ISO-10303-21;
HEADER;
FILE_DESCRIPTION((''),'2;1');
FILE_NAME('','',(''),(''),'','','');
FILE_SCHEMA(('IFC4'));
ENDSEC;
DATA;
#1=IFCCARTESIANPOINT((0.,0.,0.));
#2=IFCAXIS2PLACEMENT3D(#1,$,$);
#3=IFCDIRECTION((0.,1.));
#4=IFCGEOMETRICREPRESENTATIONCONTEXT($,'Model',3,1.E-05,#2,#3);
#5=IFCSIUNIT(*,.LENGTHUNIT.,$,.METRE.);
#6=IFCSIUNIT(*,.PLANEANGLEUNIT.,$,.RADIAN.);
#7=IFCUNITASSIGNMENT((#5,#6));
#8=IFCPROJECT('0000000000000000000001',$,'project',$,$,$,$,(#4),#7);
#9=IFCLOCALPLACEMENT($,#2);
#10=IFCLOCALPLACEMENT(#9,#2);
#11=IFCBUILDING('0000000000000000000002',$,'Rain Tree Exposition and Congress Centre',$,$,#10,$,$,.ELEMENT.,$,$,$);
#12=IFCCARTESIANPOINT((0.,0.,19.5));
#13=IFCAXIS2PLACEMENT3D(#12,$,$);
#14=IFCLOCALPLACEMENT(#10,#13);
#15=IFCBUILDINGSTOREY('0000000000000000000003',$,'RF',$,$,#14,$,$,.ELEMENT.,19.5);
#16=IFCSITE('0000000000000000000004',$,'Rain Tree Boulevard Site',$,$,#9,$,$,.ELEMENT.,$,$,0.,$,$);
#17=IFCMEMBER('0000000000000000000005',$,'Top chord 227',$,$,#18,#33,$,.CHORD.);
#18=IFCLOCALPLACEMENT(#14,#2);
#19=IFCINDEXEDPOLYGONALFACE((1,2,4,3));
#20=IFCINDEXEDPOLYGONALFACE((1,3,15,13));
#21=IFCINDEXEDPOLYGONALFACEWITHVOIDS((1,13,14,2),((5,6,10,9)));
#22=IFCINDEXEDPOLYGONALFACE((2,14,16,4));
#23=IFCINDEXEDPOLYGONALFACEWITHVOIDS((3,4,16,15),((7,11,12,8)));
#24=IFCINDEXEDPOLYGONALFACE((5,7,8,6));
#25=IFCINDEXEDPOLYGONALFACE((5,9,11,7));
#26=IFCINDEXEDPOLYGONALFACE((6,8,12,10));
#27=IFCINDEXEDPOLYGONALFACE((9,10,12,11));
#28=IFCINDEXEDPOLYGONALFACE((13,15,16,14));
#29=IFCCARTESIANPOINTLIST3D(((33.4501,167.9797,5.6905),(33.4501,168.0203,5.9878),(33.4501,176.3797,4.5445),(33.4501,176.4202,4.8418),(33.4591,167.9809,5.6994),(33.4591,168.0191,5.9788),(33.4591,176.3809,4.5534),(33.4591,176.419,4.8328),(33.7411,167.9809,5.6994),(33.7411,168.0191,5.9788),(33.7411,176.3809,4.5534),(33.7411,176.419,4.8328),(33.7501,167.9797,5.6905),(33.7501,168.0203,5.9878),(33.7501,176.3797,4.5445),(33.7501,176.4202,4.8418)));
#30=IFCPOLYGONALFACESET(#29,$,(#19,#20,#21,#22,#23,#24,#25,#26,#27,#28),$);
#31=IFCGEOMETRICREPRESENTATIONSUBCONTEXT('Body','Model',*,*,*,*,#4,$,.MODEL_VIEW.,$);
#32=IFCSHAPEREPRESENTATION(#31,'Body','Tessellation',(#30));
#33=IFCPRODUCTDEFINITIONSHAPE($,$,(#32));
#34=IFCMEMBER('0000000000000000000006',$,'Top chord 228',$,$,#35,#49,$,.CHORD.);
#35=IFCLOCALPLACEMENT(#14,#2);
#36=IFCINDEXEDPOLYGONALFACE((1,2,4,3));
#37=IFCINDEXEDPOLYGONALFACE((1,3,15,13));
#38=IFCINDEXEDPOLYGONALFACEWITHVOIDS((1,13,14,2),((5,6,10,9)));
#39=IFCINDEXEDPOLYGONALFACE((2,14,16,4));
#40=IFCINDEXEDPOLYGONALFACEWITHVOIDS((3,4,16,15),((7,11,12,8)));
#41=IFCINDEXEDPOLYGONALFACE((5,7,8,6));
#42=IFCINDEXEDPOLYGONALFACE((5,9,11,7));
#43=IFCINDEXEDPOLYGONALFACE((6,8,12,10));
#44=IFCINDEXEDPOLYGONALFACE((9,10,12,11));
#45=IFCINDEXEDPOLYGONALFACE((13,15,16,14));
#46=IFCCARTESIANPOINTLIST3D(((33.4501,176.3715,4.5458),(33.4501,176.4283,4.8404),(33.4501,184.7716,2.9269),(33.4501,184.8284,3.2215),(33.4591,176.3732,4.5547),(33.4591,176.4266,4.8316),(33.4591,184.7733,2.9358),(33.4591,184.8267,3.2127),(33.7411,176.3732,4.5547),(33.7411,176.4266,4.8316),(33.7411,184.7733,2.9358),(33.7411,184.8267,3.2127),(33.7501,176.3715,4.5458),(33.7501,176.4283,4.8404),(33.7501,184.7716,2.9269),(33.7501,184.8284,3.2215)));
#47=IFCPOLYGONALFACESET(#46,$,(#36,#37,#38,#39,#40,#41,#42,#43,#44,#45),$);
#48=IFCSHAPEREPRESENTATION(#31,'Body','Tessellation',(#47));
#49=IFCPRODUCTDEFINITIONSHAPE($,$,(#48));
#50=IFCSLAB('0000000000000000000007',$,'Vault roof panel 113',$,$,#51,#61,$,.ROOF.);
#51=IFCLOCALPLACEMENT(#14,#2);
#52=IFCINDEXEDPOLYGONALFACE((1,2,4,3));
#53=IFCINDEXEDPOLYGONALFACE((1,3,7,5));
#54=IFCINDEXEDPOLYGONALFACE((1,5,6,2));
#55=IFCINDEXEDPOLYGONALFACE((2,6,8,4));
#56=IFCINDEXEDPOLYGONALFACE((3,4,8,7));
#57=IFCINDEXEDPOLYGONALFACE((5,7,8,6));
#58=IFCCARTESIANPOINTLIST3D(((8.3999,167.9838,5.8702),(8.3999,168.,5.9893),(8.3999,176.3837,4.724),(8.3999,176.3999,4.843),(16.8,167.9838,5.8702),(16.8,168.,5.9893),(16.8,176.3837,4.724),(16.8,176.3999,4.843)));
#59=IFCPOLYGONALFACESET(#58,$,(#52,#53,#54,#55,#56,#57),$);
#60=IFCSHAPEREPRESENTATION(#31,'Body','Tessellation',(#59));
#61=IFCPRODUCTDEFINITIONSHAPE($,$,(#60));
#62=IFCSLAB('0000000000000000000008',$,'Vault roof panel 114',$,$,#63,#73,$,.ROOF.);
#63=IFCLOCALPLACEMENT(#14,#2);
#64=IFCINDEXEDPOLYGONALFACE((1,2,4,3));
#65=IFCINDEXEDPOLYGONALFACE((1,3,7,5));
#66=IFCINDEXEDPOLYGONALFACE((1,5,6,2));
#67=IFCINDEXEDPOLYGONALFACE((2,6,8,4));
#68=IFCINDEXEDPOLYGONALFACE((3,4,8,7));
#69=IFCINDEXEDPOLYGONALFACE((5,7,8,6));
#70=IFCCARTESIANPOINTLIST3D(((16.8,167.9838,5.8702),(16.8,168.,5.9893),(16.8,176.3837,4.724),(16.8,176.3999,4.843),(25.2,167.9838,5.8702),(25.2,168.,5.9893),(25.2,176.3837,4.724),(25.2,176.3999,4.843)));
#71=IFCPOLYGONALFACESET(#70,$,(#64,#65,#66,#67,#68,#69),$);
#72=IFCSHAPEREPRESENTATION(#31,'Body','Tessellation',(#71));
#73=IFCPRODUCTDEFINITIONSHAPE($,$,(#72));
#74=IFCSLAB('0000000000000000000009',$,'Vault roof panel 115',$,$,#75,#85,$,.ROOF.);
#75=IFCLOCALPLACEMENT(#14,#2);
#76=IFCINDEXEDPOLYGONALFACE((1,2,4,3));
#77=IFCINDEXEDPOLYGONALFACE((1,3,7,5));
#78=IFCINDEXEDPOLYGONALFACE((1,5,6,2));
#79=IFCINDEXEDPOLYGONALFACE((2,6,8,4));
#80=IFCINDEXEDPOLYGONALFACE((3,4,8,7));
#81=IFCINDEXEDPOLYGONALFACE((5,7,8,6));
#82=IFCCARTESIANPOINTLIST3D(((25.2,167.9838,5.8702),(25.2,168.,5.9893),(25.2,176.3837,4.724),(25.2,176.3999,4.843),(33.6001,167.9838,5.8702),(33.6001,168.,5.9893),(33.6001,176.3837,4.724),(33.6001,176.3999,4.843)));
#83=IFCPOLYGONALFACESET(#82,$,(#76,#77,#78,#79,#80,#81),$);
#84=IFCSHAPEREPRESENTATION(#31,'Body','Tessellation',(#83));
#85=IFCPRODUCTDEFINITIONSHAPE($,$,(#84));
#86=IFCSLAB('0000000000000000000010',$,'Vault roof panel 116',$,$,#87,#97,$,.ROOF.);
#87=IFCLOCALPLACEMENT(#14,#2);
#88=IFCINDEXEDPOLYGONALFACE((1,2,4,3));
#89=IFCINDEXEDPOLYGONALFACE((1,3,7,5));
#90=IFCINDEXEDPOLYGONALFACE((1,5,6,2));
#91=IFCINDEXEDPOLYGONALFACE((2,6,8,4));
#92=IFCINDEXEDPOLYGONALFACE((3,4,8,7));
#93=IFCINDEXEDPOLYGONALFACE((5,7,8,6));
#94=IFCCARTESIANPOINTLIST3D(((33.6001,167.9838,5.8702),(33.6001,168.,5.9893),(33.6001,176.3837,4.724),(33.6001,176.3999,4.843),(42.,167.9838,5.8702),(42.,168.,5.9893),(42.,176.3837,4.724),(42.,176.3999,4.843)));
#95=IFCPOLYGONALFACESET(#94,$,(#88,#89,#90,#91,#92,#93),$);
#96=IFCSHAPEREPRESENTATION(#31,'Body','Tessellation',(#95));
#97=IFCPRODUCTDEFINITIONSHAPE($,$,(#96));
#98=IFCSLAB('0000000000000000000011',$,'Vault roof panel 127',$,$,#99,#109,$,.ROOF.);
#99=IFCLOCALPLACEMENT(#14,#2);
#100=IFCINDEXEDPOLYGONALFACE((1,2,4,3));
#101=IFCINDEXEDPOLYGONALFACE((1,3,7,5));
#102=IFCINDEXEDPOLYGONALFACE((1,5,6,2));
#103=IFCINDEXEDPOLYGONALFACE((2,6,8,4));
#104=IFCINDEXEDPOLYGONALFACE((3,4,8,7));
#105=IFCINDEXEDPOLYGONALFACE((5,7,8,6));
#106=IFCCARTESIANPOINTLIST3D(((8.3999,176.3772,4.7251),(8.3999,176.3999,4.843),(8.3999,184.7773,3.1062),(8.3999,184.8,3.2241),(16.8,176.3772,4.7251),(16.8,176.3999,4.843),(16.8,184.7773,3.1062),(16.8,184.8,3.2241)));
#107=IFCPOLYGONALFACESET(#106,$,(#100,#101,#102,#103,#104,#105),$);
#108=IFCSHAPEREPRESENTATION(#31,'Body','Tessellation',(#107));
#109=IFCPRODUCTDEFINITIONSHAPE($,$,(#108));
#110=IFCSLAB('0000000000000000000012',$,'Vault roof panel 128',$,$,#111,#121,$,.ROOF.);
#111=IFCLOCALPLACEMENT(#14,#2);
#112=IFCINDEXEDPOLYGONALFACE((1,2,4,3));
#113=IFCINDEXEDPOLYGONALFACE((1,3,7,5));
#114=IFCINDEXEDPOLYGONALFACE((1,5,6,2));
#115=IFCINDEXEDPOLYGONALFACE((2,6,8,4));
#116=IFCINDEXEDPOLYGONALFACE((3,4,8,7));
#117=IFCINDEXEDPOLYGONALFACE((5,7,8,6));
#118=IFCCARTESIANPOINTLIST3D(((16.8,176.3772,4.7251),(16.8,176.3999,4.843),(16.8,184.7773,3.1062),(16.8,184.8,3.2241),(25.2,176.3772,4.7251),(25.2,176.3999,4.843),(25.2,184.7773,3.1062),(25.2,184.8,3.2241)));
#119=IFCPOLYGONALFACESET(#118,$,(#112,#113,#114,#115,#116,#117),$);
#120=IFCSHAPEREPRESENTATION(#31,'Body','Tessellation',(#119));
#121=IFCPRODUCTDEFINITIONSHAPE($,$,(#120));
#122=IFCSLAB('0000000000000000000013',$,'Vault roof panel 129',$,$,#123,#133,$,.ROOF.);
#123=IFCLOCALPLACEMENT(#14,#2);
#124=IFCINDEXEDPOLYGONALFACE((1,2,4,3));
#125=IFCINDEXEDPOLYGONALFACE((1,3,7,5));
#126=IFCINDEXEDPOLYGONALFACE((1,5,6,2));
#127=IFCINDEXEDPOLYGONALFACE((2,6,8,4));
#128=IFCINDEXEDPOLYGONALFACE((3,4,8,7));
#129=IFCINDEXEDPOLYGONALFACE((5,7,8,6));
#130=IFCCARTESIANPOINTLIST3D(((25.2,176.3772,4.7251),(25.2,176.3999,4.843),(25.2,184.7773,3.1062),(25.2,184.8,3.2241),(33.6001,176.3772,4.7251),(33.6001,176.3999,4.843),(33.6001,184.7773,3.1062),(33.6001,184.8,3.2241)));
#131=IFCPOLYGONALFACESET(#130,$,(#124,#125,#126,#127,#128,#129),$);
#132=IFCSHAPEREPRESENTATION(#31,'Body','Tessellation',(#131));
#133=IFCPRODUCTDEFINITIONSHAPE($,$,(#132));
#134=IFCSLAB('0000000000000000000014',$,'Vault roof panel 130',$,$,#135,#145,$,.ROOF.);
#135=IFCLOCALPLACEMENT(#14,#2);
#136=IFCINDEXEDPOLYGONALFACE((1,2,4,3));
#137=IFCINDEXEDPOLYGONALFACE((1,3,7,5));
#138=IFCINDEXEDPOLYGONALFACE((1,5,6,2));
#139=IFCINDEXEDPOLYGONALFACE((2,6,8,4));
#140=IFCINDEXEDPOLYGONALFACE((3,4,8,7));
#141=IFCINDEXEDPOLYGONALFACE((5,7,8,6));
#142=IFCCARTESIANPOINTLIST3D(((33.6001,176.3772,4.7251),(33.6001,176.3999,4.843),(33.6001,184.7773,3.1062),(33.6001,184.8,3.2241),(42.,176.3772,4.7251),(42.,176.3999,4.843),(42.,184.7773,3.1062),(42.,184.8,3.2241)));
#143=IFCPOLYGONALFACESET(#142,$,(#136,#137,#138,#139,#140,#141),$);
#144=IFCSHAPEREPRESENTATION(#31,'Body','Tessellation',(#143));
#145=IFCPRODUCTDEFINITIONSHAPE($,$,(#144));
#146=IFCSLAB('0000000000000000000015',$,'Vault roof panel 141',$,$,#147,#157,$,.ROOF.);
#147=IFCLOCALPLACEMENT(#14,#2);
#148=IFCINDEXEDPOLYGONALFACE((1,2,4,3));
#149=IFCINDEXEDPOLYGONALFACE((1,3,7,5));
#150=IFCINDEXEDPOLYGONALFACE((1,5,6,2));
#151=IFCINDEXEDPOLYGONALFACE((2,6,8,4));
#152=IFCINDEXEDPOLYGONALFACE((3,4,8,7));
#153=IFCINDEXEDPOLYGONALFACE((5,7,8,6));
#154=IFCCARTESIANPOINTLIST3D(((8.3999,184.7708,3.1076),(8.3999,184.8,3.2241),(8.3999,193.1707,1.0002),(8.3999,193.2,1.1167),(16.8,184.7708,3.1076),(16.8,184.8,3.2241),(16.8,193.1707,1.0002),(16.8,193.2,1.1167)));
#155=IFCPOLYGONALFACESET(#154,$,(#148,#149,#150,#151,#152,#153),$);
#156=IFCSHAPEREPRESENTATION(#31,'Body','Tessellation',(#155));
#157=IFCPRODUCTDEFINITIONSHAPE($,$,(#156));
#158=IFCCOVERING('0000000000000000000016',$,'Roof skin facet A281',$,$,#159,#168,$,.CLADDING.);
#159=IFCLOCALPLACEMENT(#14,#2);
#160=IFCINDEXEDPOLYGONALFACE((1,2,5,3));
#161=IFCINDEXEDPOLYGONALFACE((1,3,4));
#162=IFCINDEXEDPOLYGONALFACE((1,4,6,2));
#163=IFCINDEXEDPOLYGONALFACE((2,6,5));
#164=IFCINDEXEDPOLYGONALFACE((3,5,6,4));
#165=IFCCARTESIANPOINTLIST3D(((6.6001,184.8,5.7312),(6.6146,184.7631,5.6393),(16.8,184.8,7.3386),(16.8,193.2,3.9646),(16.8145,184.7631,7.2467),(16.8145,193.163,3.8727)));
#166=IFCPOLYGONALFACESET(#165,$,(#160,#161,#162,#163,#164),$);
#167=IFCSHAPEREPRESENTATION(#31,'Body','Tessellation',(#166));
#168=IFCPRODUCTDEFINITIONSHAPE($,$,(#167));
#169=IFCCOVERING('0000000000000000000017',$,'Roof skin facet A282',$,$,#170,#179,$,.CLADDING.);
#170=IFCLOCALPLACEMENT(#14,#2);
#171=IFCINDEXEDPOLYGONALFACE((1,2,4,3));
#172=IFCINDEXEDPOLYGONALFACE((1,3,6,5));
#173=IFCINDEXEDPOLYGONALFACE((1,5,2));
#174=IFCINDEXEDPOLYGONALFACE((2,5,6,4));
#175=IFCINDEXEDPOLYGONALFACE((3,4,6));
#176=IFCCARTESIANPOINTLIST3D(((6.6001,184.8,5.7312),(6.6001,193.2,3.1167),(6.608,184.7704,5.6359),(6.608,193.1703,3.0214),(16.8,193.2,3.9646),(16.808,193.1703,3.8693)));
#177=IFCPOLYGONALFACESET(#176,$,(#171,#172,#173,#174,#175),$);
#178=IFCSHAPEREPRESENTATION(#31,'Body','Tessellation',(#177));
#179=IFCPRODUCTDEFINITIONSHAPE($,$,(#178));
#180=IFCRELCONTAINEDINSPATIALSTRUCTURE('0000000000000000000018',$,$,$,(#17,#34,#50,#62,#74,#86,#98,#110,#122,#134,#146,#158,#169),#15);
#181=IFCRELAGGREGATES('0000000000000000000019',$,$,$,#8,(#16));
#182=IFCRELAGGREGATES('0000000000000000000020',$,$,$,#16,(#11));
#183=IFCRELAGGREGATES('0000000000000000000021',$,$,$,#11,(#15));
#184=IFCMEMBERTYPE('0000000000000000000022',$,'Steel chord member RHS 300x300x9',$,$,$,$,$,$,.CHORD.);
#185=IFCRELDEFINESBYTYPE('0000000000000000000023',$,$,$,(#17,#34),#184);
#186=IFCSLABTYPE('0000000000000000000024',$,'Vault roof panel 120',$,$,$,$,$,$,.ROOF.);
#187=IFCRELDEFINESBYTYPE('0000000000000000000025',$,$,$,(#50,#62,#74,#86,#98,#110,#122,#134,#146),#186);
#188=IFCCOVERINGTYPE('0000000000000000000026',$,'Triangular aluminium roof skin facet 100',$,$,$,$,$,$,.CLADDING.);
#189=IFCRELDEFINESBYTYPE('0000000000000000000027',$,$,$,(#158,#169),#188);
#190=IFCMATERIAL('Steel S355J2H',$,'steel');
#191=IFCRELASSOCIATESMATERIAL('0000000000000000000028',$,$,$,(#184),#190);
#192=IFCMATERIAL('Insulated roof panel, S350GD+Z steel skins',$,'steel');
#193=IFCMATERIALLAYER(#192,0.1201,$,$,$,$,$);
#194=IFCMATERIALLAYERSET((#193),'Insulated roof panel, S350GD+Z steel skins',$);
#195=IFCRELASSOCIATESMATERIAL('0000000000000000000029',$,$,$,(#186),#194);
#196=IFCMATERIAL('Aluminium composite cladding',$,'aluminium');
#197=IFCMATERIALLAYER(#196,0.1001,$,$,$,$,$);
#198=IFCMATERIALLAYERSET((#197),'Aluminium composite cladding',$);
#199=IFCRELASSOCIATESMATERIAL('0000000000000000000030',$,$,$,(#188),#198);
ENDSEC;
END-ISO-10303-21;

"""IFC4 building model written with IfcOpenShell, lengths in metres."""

from ifc_helpers import new_model, si_unit, direction, frame, origin, origin_2d, place, context, subcontext, project, spatial, polyline, hollow_rectangle, outline, extrude, material, layer, layer_set, material_profile, profile_set, type_object, element, save


model = new_model("IFC4")

# Units and contexts
model_context = context("Model", 3, precision=1e-05, world=origin(), true_north=direction((0.0, 1.0)))
body_context = subcontext(model_context, "Body", "Model", "MODEL_VIEW")
ifc_project = project(units=[si_unit("LENGTHUNIT", "METRE"), si_unit("PLANEANGLEUNIT", "RADIAN")], contexts=[model_context])

# Site, building, storey
site_placement = place(None, origin())
site = spatial("IfcSite", under=ifc_project, at=site_placement, Name="Rain Tree Boulevard Site", CompositionType="ELEMENT", RefElevation=0.0)
building_placement = place(site_placement, origin())
building = spatial("IfcBuilding", under=site, at=building_placement, Name="Rain Tree Exposition and Congress Centre", CompositionType="ELEMENT")
storey_placement = place(building_placement, frame((0.0, 0.0, 19.5)))
storey = spatial("IfcBuildingStorey", under=building, at=storey_placement, Name="RF", CompositionType="ELEMENT", Elevation=19.5)

# Members
ifc_material_1 = material(Name="Steel S355J2H", Category="steel")
ifc_material_profile_1 = material_profile(ifc_material_1, hollow_rectangle(XDim=0.3, YDim=0.3, WallThickness=0.009, at=origin_2d()), Name="RHS 300x300x9")
ifc_profile_set_1 = profile_set([ifc_material_profile_1], Name="Steel S355J2H")
member_type = type_object("IfcMemberType", Name="Steel chord member RHS 300x300x9", PredefinedType="CHORD", material=ifc_profile_set_1)
member_1_placement = place(storey_placement, frame((33.6001, 168.0, 5.8391), z_axis=(0.0, 0.990821, -0.135177), x_axis=(-1.0, 0.0, 0.0)))
element("IfcMember", 1, at=member_1_placement, inside=storey, type_object=member_type, Name="Top chord 227", PredefinedType="CHORD", context=body_context, shape_type="SweptSolid", body=[
    extrude(hollow_rectangle(XDim=0.3, YDim=0.3, WallThickness=0.009, at=origin_2d()), origin(), (0.0, 0.0, 1.0), 8.4778),
])
member_2_placement = place(storey_placement, frame((33.6001, 176.3999, 4.6931), z_axis=(0.0, 0.981931, -0.18924), x_axis=(-1.0, 0.0, 0.0)))
element("IfcMember", 2, at=member_2_placement, inside=storey, type_object=member_type, Name="Top chord 228", PredefinedType="CHORD", context=body_context, shape_type="SweptSolid", body=[
    extrude(hollow_rectangle(XDim=0.3, YDim=0.3, WallThickness=0.009, at=origin_2d()), origin(), (0.0, 0.0, 1.0), 8.5547),
])

# Slabs
ifc_material_2 = material(Name="Insulated roof panel, S350GD+Z steel skins", Category="steel")
ifc_layer_1 = layer(ifc_material_2, 0.1201)
ifc_layer_set_1 = layer_set([ifc_layer_1], Name="Insulated roof panel, S350GD+Z steel skins")
slab_type = type_object("IfcSlabType", Name="Vault roof panel 120", PredefinedType="ROOF", material=ifc_layer_set_1)
slab_1_placement = place(storey_placement, frame((8.3999, 168.0, 5.9893), z_axis=(0.0, 0.135206, 0.990818), x_axis=(1.0, 0.0, 0.0)))
element("IfcSlab", 3, at=slab_1_placement, inside=storey, type_object=slab_type, Name="Vault roof panel 113", PredefinedType="ROOF", context=body_context, shape_type="SweptSolid", body=[
    extrude(outline(polyline([(0.0, 0.0), (8.4001, 0.0), (8.4001, 8.4777), (0.0, 8.4777), (0.0, 0.0)])), origin(), (0.0, 0.0, -1.0), 0.1201),
])
slab_2_placement = place(storey_placement, frame((16.8, 168.0, 5.9893), z_axis=(0.0, 0.135206, 0.990818), x_axis=(1.0, 0.0, 0.0)))
element("IfcSlab", 4, at=slab_2_placement, inside=storey, type_object=slab_type, Name="Vault roof panel 114", PredefinedType="ROOF", context=body_context, shape_type="SweptSolid", body=[
    extrude(outline(polyline([(0.0, 0.0), (8.3999, 0.0), (8.3999, 8.4777), (0.0, 8.4777), (0.0, 0.0)])), origin(), (0.0, 0.0, -1.0), 0.1201),
])
slab_3_placement = place(storey_placement, frame((25.2, 168.0, 5.9893), z_axis=(0.0, 0.135206, 0.990818), x_axis=(1.0, 0.0, 0.0)))
element("IfcSlab", 5, at=slab_3_placement, inside=storey, type_object=slab_type, Name="Vault roof panel 115", PredefinedType="ROOF", context=body_context, shape_type="SweptSolid", body=[
    extrude(outline(polyline([(0.0, 0.0), (8.4001, 0.0), (8.4001, 8.4777), (0.0, 8.4777), (0.0, 0.0)])), origin(), (0.0, 0.0, -1.0), 0.1201),
])
slab_4_placement = place(storey_placement, frame((33.6001, 168.0, 5.9893), z_axis=(0.0, 0.135206, 0.990818), x_axis=(1.0, 0.0, 0.0)))
element("IfcSlab", 6, at=slab_4_placement, inside=storey, type_object=slab_type, Name="Vault roof panel 116", PredefinedType="ROOF", context=body_context, shape_type="SweptSolid", body=[
    extrude(outline(polyline([(0.0, 0.0), (8.3999, 0.0), (8.3999, 8.4777), (0.0, 8.4777), (0.0, 0.0)])), origin(), (0.0, 0.0, -1.0), 0.1201),
])
slab_5_placement = place(storey_placement, frame((8.3999, 176.3999, 4.843), z_axis=(0.0, 0.18924, 0.981931), x_axis=(1.0, 0.0, 0.0)))
element("IfcSlab", 7, at=slab_5_placement, inside=storey, type_object=slab_type, Name="Vault roof panel 127", PredefinedType="ROOF", context=body_context, shape_type="SweptSolid", body=[
    extrude(outline(polyline([(0.0, 0.0), (8.4001, 0.0), (8.4001, 8.5547), (0.0, 8.5547), (0.0, 0.0)])), origin(), (0.0, 0.0, -1.0), 0.1201),
])
slab_6_placement = place(storey_placement, frame((16.8, 176.3999, 4.843), z_axis=(0.0, 0.18924, 0.981931), x_axis=(1.0, 0.0, 0.0)))
element("IfcSlab", 8, at=slab_6_placement, inside=storey, type_object=slab_type, Name="Vault roof panel 128", PredefinedType="ROOF", context=body_context, shape_type="SweptSolid", body=[
    extrude(outline(polyline([(0.0, 0.0), (8.3999, 0.0), (8.3999, 8.5547), (0.0, 8.5547), (0.0, 0.0)])), origin(), (0.0, 0.0, -1.0), 0.1201),
])
slab_7_placement = place(storey_placement, frame((25.2, 176.3999, 4.843), z_axis=(0.0, 0.18924, 0.981931), x_axis=(1.0, 0.0, 0.0)))
element("IfcSlab", 9, at=slab_7_placement, inside=storey, type_object=slab_type, Name="Vault roof panel 129", PredefinedType="ROOF", context=body_context, shape_type="SweptSolid", body=[
    extrude(outline(polyline([(0.0, 0.0), (8.4001, 0.0), (8.4001, 8.5547), (0.0, 8.5547), (0.0, 0.0)])), origin(), (0.0, 0.0, -1.0), 0.1201),
])
slab_8_placement = place(storey_placement, frame((33.6001, 176.3999, 4.843), z_axis=(0.0, 0.18924, 0.981931), x_axis=(1.0, 0.0, 0.0)))
element("IfcSlab", 10, at=slab_8_placement, inside=storey, type_object=slab_type, Name="Vault roof panel 130", PredefinedType="ROOF", context=body_context, shape_type="SweptSolid", body=[
    extrude(outline(polyline([(0.0, 0.0), (8.3999, 0.0), (8.3999, 8.5547), (0.0, 8.5547), (0.0, 0.0)])), origin(), (0.0, 0.0, -1.0), 0.1201),
])
slab_9_placement = place(storey_placement, frame((8.3999, 184.8, 3.2241), z_axis=(0.0, 0.243345, 0.96994), x_axis=(1.0, 0.0, 0.0)))
element("IfcSlab", 11, at=slab_9_placement, inside=storey, type_object=slab_type, Name="Vault roof panel 141", PredefinedType="ROOF", context=body_context, shape_type="SweptSolid", body=[
    extrude(outline(polyline([(0.0, 0.0), (8.4001, 0.0), (8.4001, 8.6602), (0.0, 8.6602), (0.0, 0.0)])), origin(), (0.0, 0.0, -1.0), 0.1201),
])

# Coverings
ifc_material_3 = material(Name="Aluminium composite cladding", Category="aluminium")
ifc_layer_2 = layer(ifc_material_3, 0.1001)
ifc_layer_set_2 = layer_set([ifc_layer_2], Name="Aluminium composite cladding")
covering_type = type_object("IfcCoveringType", Name="Triangular aluminium roof skin facet 100", PredefinedType="CLADDING", material=ifc_layer_set_2)
covering_1_placement = place(storey_placement, frame((6.6001, 184.8, 5.7312), z_axis=(-0.144696, 0.368807, 0.918175), x_axis=(0.987809, 0.0, 0.15567)))
element("IfcCovering", 12, at=covering_1_placement, inside=storey, type_object=covering_type, Name="Roof skin facet A281", PredefinedType="CLADDING", context=body_context, shape_type="SweptSolid", body=[
    extrude(outline(polyline([(0.0, 0.0), (10.3258, 0.0), (9.8006, 9.037), (0.0, 0.0)])), origin(), (0.0, 0.0, -1.0), 0.1001),
])
covering_2_placement = place(storey_placement, frame((6.6001, 184.8, 5.7312), z_axis=(-0.079123, 0.296259, 0.951825), x_axis=(0.765124, 0.630098, -0.132517)))
element("IfcCovering", 13, at=covering_2_placement, inside=storey, type_object=covering_type, Name="Roof skin facet A282", PredefinedType="CLADDING", context=body_context, shape_type="SweptSolid", body=[
    extrude(outline(polyline([(0.0, 0.0), (13.3311, 0.0), (5.6392, 6.7523), (0.0, 0.0)])), origin(), (0.0, 0.0, -1.0), 0.1001),
])

save(model, "model.ifc")
